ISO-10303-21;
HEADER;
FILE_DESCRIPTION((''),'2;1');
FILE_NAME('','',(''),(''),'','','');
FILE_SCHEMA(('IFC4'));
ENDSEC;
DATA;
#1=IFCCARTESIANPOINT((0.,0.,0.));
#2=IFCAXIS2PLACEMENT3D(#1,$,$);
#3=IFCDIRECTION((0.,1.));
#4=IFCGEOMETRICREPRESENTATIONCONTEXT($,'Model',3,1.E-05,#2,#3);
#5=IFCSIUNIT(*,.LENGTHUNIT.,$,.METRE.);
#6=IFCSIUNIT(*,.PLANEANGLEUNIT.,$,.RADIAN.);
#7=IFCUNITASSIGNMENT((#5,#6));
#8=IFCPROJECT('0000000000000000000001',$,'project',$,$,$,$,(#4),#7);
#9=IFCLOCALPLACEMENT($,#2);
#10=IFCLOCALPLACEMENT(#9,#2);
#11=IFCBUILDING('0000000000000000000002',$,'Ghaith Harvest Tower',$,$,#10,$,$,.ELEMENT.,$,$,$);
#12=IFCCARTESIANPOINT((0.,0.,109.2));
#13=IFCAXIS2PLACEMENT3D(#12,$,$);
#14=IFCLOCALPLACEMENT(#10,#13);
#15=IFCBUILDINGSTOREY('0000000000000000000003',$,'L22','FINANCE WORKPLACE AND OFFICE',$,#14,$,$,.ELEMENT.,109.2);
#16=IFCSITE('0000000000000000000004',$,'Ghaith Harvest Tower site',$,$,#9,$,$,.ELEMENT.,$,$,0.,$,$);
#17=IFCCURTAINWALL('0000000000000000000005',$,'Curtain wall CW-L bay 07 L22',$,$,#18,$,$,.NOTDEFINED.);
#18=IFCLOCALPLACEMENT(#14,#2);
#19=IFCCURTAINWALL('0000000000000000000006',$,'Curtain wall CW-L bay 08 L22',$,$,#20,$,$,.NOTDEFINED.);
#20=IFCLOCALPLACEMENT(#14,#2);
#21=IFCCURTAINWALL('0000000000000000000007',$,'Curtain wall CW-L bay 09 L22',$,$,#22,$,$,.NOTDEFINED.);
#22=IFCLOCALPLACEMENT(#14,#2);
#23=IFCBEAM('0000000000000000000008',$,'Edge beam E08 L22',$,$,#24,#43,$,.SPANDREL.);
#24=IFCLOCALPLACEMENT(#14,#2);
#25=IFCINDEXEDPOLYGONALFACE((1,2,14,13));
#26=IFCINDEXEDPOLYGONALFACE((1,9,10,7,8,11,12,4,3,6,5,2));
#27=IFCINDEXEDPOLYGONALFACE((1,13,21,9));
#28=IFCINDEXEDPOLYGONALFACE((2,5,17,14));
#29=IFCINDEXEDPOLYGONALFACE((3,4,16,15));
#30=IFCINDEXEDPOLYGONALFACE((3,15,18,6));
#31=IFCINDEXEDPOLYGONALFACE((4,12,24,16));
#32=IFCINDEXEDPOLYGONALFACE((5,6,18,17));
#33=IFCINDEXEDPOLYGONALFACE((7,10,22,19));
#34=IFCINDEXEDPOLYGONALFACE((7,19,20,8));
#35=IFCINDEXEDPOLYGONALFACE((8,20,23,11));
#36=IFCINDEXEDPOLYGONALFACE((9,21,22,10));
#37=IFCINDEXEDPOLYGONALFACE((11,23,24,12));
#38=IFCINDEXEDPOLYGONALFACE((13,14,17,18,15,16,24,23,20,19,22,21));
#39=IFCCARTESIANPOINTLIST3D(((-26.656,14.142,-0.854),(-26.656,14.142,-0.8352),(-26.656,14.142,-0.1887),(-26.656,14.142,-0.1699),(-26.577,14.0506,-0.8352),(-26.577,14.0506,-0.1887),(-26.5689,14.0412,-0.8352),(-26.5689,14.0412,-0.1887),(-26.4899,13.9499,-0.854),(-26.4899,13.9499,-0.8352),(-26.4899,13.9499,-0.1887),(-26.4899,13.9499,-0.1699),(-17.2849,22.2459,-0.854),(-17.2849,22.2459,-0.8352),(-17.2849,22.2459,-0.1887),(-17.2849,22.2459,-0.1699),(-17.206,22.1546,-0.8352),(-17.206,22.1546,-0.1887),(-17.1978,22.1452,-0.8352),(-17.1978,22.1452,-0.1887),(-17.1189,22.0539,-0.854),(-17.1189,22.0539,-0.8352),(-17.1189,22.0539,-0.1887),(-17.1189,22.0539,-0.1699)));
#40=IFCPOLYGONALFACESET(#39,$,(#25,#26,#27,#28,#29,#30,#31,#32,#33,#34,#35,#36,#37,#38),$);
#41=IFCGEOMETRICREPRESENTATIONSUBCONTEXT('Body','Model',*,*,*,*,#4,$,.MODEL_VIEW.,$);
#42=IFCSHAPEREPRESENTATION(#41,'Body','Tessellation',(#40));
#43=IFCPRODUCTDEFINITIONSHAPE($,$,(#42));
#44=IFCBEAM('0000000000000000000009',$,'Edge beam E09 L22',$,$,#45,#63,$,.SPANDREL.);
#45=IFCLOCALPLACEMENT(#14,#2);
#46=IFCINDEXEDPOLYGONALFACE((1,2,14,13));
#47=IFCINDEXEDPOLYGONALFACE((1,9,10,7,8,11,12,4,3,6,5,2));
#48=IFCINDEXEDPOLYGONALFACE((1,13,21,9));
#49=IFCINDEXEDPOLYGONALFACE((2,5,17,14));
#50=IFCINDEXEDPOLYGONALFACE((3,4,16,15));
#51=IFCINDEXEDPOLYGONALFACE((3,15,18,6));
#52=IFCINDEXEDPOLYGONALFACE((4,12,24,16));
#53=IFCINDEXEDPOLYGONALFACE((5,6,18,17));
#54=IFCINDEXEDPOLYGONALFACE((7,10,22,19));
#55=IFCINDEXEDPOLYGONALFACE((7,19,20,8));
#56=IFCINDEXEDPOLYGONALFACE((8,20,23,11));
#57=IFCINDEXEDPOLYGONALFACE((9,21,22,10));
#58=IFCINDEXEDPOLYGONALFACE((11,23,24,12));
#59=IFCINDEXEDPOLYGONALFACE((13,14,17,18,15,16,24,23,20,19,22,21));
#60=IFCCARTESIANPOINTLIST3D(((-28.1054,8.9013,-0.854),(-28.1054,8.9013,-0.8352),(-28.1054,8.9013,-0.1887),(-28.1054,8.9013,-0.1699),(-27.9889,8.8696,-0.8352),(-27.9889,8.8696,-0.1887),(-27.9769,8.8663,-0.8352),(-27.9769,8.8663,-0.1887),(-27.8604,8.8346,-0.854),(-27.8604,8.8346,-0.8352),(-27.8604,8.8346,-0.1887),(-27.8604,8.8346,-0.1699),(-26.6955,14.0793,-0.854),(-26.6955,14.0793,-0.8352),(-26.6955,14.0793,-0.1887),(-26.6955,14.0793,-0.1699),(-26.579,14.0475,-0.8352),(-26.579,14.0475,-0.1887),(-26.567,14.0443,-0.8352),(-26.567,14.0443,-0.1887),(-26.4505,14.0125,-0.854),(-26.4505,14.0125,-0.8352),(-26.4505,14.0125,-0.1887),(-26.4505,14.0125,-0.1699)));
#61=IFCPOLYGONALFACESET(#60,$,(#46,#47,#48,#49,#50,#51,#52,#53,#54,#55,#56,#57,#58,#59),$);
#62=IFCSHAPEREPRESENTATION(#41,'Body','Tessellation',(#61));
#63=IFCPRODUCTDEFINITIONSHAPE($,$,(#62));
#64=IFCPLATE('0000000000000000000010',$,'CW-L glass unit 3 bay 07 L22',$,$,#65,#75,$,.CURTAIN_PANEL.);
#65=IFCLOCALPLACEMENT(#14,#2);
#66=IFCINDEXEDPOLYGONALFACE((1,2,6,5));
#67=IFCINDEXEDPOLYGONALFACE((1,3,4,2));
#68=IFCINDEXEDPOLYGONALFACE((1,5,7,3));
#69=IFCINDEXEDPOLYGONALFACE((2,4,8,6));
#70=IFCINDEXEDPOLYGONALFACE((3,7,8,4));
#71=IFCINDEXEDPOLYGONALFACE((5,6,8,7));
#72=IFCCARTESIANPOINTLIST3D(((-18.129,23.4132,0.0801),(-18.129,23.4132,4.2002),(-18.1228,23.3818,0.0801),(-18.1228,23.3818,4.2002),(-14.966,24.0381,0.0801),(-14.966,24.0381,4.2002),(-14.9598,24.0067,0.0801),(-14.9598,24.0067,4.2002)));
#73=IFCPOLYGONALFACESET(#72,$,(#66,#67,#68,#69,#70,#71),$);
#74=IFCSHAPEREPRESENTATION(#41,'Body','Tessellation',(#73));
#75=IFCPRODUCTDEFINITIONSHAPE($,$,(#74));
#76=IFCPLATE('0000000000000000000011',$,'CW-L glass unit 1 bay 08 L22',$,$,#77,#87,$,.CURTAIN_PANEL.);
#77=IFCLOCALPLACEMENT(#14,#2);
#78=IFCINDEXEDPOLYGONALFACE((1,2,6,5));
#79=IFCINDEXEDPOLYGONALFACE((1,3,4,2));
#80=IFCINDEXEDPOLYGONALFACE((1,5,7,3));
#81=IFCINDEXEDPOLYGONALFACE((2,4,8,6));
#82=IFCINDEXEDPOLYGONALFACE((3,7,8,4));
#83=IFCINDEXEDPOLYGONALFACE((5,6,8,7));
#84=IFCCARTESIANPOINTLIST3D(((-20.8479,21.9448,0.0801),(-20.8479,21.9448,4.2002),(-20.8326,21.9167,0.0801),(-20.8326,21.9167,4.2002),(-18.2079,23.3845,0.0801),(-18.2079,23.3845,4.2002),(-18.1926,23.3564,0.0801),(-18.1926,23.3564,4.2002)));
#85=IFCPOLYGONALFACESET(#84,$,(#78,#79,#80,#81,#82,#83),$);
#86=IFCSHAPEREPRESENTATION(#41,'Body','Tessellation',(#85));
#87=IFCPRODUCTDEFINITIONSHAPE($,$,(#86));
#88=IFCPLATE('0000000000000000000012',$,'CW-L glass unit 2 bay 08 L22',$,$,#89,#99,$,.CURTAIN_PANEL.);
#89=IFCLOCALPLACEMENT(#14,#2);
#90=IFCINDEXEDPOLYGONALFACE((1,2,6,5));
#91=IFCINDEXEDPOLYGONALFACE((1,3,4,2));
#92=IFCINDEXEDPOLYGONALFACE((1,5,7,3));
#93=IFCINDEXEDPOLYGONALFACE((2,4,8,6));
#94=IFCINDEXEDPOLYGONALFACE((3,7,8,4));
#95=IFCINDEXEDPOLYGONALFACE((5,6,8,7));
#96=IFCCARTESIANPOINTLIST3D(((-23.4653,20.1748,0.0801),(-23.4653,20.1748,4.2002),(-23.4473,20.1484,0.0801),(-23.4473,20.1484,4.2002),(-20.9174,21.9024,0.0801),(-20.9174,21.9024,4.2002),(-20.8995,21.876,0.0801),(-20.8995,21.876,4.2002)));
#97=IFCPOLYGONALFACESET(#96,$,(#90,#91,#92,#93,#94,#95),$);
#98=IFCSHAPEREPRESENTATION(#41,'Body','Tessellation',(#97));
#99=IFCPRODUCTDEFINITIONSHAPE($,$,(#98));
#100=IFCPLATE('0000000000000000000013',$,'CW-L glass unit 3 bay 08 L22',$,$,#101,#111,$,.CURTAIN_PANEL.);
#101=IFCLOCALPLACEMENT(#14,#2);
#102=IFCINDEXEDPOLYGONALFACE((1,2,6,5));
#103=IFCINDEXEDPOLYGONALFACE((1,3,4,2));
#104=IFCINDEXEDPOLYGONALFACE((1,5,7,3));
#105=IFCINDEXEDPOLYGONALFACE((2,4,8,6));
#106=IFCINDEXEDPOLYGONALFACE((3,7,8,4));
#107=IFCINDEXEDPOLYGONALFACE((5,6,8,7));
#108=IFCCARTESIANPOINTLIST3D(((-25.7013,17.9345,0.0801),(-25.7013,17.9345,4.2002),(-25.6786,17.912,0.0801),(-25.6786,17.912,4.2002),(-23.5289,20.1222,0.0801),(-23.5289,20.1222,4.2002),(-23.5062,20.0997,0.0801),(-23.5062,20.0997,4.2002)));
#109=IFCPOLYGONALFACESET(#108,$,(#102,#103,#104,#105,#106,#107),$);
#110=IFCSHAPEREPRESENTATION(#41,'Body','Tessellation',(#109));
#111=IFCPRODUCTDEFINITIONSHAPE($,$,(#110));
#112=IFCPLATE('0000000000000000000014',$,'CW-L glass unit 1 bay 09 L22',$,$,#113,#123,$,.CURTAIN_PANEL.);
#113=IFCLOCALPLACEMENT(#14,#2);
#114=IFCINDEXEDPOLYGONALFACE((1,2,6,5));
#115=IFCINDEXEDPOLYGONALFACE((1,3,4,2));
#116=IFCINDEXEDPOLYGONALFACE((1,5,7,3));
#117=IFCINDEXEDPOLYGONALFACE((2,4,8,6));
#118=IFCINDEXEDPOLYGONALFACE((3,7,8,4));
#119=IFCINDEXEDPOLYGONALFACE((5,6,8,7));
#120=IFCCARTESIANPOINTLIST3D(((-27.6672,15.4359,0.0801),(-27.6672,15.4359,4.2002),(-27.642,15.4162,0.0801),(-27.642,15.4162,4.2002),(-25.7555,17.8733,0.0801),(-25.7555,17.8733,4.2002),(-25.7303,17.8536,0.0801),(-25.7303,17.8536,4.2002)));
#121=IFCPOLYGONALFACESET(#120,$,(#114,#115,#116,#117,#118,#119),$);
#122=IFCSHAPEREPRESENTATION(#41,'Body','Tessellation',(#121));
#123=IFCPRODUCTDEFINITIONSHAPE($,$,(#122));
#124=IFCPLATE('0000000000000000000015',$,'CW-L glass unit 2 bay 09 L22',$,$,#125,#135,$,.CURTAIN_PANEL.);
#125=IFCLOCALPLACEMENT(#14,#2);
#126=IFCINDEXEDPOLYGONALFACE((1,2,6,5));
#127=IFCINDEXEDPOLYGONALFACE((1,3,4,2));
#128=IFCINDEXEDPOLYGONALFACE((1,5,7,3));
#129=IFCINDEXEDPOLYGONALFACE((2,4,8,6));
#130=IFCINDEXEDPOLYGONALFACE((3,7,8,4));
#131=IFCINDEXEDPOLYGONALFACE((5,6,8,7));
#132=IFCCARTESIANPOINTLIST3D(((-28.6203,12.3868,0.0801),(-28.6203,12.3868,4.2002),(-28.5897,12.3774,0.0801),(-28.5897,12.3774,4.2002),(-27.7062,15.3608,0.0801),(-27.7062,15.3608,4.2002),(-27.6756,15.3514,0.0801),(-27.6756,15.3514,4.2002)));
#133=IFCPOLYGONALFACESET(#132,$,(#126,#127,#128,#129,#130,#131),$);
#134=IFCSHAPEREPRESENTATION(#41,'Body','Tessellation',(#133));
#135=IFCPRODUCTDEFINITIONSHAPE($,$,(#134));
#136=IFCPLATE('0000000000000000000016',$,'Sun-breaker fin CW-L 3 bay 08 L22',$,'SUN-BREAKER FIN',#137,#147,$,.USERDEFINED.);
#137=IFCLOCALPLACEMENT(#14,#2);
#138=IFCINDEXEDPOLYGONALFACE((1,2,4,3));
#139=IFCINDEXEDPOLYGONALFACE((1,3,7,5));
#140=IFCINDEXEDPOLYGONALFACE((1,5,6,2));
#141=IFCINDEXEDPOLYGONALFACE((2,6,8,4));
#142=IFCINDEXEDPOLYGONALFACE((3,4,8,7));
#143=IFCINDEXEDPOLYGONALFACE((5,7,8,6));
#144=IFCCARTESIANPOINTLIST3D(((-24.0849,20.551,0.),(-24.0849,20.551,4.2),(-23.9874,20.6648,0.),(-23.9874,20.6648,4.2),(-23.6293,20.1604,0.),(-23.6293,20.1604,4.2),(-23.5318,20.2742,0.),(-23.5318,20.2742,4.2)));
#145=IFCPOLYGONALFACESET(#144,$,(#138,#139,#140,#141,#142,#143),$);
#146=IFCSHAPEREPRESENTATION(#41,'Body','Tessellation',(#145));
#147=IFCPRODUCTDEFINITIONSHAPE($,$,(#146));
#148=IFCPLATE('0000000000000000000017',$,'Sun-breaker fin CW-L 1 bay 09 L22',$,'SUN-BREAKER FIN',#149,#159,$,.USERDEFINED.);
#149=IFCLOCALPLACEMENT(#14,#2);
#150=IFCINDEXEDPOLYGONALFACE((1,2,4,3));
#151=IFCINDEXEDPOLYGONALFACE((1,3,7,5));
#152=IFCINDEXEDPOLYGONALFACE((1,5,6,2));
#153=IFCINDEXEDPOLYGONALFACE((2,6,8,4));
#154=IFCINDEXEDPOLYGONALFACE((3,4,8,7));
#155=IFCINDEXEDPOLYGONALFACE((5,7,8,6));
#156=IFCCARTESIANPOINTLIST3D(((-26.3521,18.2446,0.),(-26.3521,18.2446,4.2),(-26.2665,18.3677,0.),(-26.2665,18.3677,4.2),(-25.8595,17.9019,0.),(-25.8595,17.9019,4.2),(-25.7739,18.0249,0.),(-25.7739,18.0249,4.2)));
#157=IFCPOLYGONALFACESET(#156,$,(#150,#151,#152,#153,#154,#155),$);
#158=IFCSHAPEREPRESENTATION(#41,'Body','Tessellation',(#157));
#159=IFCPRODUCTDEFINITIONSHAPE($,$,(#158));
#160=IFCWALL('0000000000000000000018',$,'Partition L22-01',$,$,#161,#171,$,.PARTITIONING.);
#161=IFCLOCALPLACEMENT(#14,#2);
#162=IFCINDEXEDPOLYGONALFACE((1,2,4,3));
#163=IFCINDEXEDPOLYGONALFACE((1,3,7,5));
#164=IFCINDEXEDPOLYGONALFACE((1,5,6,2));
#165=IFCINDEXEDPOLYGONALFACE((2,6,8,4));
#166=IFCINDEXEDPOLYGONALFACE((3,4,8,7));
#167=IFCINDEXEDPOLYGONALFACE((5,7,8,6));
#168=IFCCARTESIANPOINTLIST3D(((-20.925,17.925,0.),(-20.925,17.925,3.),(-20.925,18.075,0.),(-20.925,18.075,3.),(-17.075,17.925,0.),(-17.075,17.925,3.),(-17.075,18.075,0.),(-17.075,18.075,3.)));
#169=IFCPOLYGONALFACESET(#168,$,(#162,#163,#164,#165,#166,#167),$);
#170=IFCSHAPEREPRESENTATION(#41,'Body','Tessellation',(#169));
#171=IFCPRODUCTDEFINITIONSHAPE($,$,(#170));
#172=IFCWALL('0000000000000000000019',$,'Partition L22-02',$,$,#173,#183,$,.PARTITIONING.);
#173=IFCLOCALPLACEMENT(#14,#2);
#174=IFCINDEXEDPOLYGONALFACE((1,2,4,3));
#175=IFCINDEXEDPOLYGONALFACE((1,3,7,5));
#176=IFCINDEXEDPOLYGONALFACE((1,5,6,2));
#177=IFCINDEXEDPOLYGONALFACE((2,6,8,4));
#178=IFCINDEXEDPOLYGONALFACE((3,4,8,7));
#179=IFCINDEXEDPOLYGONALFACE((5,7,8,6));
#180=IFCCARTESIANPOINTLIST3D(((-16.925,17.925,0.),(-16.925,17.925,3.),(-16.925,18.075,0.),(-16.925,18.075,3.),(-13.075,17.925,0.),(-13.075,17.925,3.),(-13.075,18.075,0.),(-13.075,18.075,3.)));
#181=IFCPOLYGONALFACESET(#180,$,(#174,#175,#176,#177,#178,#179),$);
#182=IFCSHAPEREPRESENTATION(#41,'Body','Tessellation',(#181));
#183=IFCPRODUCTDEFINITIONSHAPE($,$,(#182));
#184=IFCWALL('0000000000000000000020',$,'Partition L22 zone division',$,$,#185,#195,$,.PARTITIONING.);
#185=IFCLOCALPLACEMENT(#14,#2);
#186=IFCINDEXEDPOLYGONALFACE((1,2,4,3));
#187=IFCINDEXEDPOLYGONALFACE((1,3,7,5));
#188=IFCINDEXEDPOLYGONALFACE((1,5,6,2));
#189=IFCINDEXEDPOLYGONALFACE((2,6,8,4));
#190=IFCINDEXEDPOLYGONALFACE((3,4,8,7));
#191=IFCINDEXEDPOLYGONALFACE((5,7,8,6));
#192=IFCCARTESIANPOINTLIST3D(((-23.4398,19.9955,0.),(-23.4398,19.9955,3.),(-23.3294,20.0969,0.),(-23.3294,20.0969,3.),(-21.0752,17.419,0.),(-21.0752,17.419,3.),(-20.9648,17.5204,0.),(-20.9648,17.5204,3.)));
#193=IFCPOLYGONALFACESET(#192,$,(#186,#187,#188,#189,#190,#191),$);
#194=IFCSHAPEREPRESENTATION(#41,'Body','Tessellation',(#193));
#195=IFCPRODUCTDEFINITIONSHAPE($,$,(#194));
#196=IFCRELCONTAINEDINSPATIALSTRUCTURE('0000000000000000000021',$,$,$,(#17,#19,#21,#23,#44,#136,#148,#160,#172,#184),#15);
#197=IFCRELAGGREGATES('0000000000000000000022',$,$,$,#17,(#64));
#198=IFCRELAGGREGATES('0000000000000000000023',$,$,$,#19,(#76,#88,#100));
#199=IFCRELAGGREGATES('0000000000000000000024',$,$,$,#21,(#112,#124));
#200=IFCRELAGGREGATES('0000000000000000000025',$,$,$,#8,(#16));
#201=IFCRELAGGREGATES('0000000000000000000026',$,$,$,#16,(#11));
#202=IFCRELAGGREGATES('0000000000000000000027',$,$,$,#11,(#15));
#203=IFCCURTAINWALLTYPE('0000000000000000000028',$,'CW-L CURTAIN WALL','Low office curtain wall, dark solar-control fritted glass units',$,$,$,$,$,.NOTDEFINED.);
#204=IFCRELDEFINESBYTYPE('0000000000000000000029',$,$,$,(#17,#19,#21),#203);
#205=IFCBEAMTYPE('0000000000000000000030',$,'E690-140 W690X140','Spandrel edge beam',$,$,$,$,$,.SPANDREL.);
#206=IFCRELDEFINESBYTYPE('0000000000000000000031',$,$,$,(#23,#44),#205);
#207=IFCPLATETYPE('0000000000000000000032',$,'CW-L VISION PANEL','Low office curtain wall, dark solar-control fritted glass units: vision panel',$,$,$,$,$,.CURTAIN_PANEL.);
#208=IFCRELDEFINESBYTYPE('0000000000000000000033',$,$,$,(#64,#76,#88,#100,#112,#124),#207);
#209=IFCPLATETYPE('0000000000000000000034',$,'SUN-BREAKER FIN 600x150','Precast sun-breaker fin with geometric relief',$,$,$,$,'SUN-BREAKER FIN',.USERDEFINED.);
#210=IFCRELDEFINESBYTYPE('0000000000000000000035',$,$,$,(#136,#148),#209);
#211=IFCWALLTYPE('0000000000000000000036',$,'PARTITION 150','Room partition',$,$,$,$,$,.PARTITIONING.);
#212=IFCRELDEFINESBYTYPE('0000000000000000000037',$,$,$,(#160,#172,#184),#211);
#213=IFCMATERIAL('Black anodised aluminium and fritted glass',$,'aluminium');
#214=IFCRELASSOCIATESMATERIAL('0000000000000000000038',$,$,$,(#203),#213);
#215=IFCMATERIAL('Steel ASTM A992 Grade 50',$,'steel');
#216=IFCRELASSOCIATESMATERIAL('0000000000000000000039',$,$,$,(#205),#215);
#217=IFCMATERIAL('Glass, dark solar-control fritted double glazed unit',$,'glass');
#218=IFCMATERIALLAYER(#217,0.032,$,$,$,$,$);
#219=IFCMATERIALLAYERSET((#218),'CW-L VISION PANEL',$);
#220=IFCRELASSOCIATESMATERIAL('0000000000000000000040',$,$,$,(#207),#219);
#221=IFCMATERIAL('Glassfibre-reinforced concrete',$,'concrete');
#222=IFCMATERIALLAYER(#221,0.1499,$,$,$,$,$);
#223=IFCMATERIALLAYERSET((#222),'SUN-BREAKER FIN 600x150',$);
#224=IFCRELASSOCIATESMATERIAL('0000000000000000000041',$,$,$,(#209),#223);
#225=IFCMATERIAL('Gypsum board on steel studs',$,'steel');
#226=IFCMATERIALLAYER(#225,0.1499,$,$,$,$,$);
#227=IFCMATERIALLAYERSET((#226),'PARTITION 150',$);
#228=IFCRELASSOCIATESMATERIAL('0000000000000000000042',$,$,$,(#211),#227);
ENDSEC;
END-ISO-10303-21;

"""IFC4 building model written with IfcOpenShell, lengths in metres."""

from ifc_helpers import new_model, si_unit, direction, frame, frame_2d, origin, origin_2d, place, context, subcontext, project, spatial, rectangle, i_section, extrude, material, layer, layer_set, material_profile, profile_set, type_object, element, aggregate, save


model = new_model("IFC4")

# Units and contexts
model_context = context("Model", 3, precision=1e-05, world=origin(), true_north=direction((0.0, 1.0)))
body_context = subcontext(model_context, "Body", "Model", "MODEL_VIEW")
ifc_project = project(units=[si_unit("LENGTHUNIT", "METRE"), si_unit("PLANEANGLEUNIT", "RADIAN")], contexts=[model_context])

# Site, building, storey
site_placement = place(None, origin())
site = spatial("IfcSite", under=ifc_project, at=site_placement, Name="Ghaith Harvest Tower site", CompositionType="ELEMENT", RefElevation=0.0)
building_placement = place(site_placement, origin())
building = spatial("IfcBuilding", under=site, at=building_placement, Name="Ghaith Harvest Tower", CompositionType="ELEMENT")
storey_placement = place(building_placement, frame((0.0, 0.0, 109.2)))
storey = spatial("IfcBuildingStorey", under=building, at=storey_placement, Name="L22", Description="FINANCE WORKPLACE AND OFFICE", CompositionType="ELEMENT", Elevation=109.2)

# Curtain wall
ifc_material_1 = material(Name="Black anodised aluminium and fritted glass", Category="aluminium")
curtain_wall_type = type_object("IfcCurtainWallType", Name="CW-L CURTAIN WALL", Description="Low office curtain wall, dark solar-control fritted glass units", PredefinedType="NOTDEFINED", material=ifc_material_1)
curtain_wall_1_placement = place(storey_placement, origin())
curtain_wall_1 = element("IfcCurtainWall", 1, at=curtain_wall_1_placement, inside=storey, type_object=curtain_wall_type, Name="Curtain wall CW-L bay 07 L22", PredefinedType="NOTDEFINED")

# Curtain walls
curtain_wall_2_placement = place(storey_placement, origin())
curtain_wall_2 = element("IfcCurtainWall", 2, at=curtain_wall_2_placement, inside=storey, type_object=curtain_wall_type, Name="Curtain wall CW-L bay 08 L22", PredefinedType="NOTDEFINED")
curtain_wall_3_placement = place(storey_placement, origin())
curtain_wall_3 = element("IfcCurtainWall", 3, at=curtain_wall_3_placement, inside=storey, type_object=curtain_wall_type, Name="Curtain wall CW-L bay 09 L22", PredefinedType="NOTDEFINED")

# Beams
ifc_material_2 = material(Name="Steel ASTM A992 Grade 50", Category="steel")
ifc_material_profile_1 = material_profile(ifc_material_2, i_section(OverallWidth=0.2539, OverallDepth=0.6841, WebThickness=0.0125, FlangeThickness=0.0188, at=origin_2d()), Name="W690X140")
ifc_profile_set_1 = profile_set([ifc_material_profile_1], Name="Steel ASTM A992 Grade 50")
beam_type = type_object("IfcBeamType", Name="E690-140 W690X140", Description="Spandrel edge beam", PredefinedType="SPANDREL", material=ifc_profile_set_1)
beam_1_placement = place(storey_placement, frame((-17.2019, 22.1499, -0.512), z_axis=(-0.756392, -0.654118, 0.0), x_axis=(0.654118, -0.756392, 0.0)))
element("IfcBeam", 4, at=beam_1_placement, inside=storey, type_object=beam_type, Name="Edge beam E08 L22", PredefinedType="SPANDREL", context=body_context, shape_type="SweptSolid", body=[
    extrude(i_section(OverallWidth=0.2539, OverallDepth=0.6841, WebThickness=0.0125, FlangeThickness=0.0188, at=origin_2d()), origin(), (0.0, 0.0, 1.0), 12.3892),
])
beam_2_placement = place(storey_placement, frame((-26.573, 14.0459, -0.512), z_axis=(-0.262725, -0.964871, 0.0), x_axis=(0.964871, -0.262725, 0.0)))
element("IfcBeam", 5, at=beam_2_placement, inside=storey, type_object=beam_type, Name="Edge beam E09 L22", PredefinedType="SPANDREL", context=body_context, shape_type="SweptSolid", body=[
    extrude(i_section(OverallWidth=0.2539, OverallDepth=0.6841, WebThickness=0.0125, FlangeThickness=0.0188, at=origin_2d()), origin(), (0.0, 0.0, 1.0), 5.3665),
])

# Plates
ifc_material_3 = material(Name="Glass, dark solar-control fritted double glazed unit", Category="glass")
ifc_layer_1 = layer(ifc_material_3, 0.032)
ifc_layer_set_1 = layer_set([ifc_layer_1], Name="CW-L VISION PANEL")
plate_type_1 = type_object("IfcPlateType", Name="CW-L VISION PANEL", Description="Low office curtain wall, dark solar-control fritted glass units: vision panel", PredefinedType="CURTAIN_PANEL", material=ifc_layer_set_1)
plate_1_placement = place(storey_placement, frame((-16.5444, 23.71, 0.0801), z_axis=(0.0, 0.0, 1.0), x_axis=(-0.981038, -0.193818, 0.0)))
plate_1 = element("IfcPlate", 6, at=plate_1_placement, type_object=plate_type_1, Name="CW-L glass unit 3 bay 07 L22", PredefinedType="CURTAIN_PANEL", context=body_context, shape_type="SweptSolid", body=[
    extrude(rectangle(XDim=3.2241, YDim=0.032, at=origin_2d()), origin(), (0.0, 0.0, 1.0), 4.1201),
])
aggregate(curtain_wall_1, [plate_1])
plate_2_placement = place(storey_placement, frame((-19.5203, 22.6506, 0.0801), z_axis=(0.0, 0.0, 1.0), x_axis=(-0.87794, -0.47877, 0.0)))
plate_2 = element("IfcPlate", 7, at=plate_2_placement, type_object=plate_type_1, Name="CW-L glass unit 1 bay 08 L22", PredefinedType="CURTAIN_PANEL", context=body_context, shape_type="SweptSolid", body=[
    extrude(rectangle(XDim=3.0071, YDim=0.032, at=origin_2d()), origin(), (0.0, 0.0, 1.0), 4.1201),
])
plate_3_placement = place(storey_placement, frame((-22.1824, 21.0254, 0.0801), z_axis=(0.0, 0.0, 1.0), x_axis=(-0.827675, -0.561208, 0.0)))
plate_3 = element("IfcPlate", 8, at=plate_3_placement, type_object=plate_type_1, Name="CW-L glass unit 2 bay 08 L22", PredefinedType="CURTAIN_PANEL", context=body_context, shape_type="SweptSolid", body=[
    extrude(rectangle(XDim=3.0784, YDim=0.032, at=origin_2d()), origin(), (0.0, 0.0, 1.0), 4.1201),
])
plate_4_placement = place(storey_placement, frame((-24.6038, 19.0171, 0.0801), z_axis=(0.0, 0.0, 1.0), x_axis=(-0.704614, -0.709591, 0.0)))
plate_4 = element("IfcPlate", 9, at=plate_4_placement, type_object=plate_type_1, Name="CW-L glass unit 3 bay 08 L22", PredefinedType="CURTAIN_PANEL", context=body_context, shape_type="SweptSolid", body=[
    extrude(rectangle(XDim=3.083, YDim=0.032, at=origin_2d()), origin(), (0.0, 0.0, 1.0), 4.1201),
])
aggregate(curtain_wall_2, [plate_2, plate_3, plate_4])
plate_5_placement = place(storey_placement, frame((-26.6987, 16.6448, 0.0801), z_axis=(0.0, 0.0, 1.0), x_axis=(-0.617141, -0.786853, 0.0)))
plate_5 = element("IfcPlate", 10, at=plate_5_placement, type_object=plate_type_1, Name="CW-L glass unit 1 bay 09 L22", PredefinedType="CURTAIN_PANEL", context=body_context, shape_type="SweptSolid", body=[
    extrude(rectangle(XDim=3.0977, YDim=0.032, at=origin_2d()), origin(), (0.0, 0.0, 1.0), 4.1201),
])
plate_6_placement = place(storey_placement, frame((-28.1479, 13.8691, 0.0801), z_axis=(0.0, 0.0, 1.0), x_axis=(-0.293803, -0.955866, 0.0)))
plate_6 = element("IfcPlate", 11, at=plate_6_placement, type_object=plate_type_1, Name="CW-L glass unit 2 bay 09 L22", PredefinedType="CURTAIN_PANEL", context=body_context, shape_type="SweptSolid", body=[
    extrude(rectangle(XDim=3.1113, YDim=0.032, at=origin_2d()), origin(), (0.0, 0.0, 1.0), 4.1201),
])
aggregate(curtain_wall_3, [plate_5, plate_6])

# Plates
ifc_material_4 = material(Name="Glassfibre-reinforced concrete", Category="concrete")
ifc_layer_2 = layer(ifc_material_4, 0.1499)
ifc_layer_set_2 = layer_set([ifc_layer_2], Name="SUN-BREAKER FIN 600x150")
plate_type_2 = type_object("IfcPlateType", Name="SUN-BREAKER FIN 600x150", Description="Precast sun-breaker fin with geometric relief", ElementType="SUN-BREAKER FIN", PredefinedType="USERDEFINED", material=ifc_layer_set_2)
for number, where, z_axis, x_axis, name in (
    (12, (-23.8083, 20.4126, 0.0), (0.0, 0.0, 1.0), (-0.75917, 0.650893, 0.0), "Sun-breaker fin CW-L 3 bay 08 L22"),
    (13, (-26.063, 18.1348, 0.0), (0.0, 0.0, 1.0), (-0.820845, 0.57115, 0.0), "Sun-breaker fin CW-L 1 bay 09 L22"),
):
    element("IfcPlate", number, at=place(storey_placement, frame(where, z_axis=z_axis, x_axis=x_axis)), inside=storey, type_object=plate_type_2, Name=name, ObjectType="SUN-BREAKER FIN", PredefinedType="USERDEFINED", context=body_context, shape_type="SweptSolid", body=[
        extrude(rectangle(XDim=0.6001, YDim=0.1499, at=origin_2d()), origin(), (0.0, 0.0, 1.0), 4.2),
    ])

# Walls
ifc_material_5 = material(Name="Gypsum board on steel studs", Category="steel")
ifc_layer_3 = layer(ifc_material_5, 0.1499)
ifc_layer_set_3 = layer_set([ifc_layer_3], Name="PARTITION 150")
wall_type = type_object("IfcWallType", Name="PARTITION 150", Description="Room partition", PredefinedType="PARTITIONING", material=ifc_layer_set_3)
for number, where, z_axis, x_axis, name in (
    (14, (-20.925, 18.0, 0.0), (0.0, 0.0, 1.0), (1.0, 0.0, 0.0), "Partition L22-01"),
    (15, (-16.925, 18.0, 0.0), (0.0, 0.0, 1.0), (1.0, 0.0, 0.0), "Partition L22-02"),
):
    element("IfcWall", number, at=place(storey_placement, frame(where, z_axis=z_axis, x_axis=x_axis)), inside=storey, type_object=wall_type, Name=name, PredefinedType="PARTITIONING", context=body_context, shape_type="SweptSolid", body=[
        extrude(rectangle(XDim=3.8501, YDim=0.1499, at=frame_2d((1.925, 0.0))), origin(), (0.0, 0.0, 1.0), 3.0),
    ])
wall_placement = place(storey_placement, frame((-21.02, 17.4697, 0.0), z_axis=(0.0, 0.0, 1.0), x_axis=(-0.676158, 0.736757, 0.0)))
element("IfcWall", 16, at=wall_placement, inside=storey, type_object=wall_type, Name="Partition L22 zone division", PredefinedType="PARTITIONING", context=body_context, shape_type="SweptSolid", body=[
    extrude(rectangle(XDim=3.4971, YDim=0.1499, at=frame_2d((1.7485, 0.0))), origin(), (0.0, 0.0, 1.0), 3.0),
])

save(model, "model.ifc")
